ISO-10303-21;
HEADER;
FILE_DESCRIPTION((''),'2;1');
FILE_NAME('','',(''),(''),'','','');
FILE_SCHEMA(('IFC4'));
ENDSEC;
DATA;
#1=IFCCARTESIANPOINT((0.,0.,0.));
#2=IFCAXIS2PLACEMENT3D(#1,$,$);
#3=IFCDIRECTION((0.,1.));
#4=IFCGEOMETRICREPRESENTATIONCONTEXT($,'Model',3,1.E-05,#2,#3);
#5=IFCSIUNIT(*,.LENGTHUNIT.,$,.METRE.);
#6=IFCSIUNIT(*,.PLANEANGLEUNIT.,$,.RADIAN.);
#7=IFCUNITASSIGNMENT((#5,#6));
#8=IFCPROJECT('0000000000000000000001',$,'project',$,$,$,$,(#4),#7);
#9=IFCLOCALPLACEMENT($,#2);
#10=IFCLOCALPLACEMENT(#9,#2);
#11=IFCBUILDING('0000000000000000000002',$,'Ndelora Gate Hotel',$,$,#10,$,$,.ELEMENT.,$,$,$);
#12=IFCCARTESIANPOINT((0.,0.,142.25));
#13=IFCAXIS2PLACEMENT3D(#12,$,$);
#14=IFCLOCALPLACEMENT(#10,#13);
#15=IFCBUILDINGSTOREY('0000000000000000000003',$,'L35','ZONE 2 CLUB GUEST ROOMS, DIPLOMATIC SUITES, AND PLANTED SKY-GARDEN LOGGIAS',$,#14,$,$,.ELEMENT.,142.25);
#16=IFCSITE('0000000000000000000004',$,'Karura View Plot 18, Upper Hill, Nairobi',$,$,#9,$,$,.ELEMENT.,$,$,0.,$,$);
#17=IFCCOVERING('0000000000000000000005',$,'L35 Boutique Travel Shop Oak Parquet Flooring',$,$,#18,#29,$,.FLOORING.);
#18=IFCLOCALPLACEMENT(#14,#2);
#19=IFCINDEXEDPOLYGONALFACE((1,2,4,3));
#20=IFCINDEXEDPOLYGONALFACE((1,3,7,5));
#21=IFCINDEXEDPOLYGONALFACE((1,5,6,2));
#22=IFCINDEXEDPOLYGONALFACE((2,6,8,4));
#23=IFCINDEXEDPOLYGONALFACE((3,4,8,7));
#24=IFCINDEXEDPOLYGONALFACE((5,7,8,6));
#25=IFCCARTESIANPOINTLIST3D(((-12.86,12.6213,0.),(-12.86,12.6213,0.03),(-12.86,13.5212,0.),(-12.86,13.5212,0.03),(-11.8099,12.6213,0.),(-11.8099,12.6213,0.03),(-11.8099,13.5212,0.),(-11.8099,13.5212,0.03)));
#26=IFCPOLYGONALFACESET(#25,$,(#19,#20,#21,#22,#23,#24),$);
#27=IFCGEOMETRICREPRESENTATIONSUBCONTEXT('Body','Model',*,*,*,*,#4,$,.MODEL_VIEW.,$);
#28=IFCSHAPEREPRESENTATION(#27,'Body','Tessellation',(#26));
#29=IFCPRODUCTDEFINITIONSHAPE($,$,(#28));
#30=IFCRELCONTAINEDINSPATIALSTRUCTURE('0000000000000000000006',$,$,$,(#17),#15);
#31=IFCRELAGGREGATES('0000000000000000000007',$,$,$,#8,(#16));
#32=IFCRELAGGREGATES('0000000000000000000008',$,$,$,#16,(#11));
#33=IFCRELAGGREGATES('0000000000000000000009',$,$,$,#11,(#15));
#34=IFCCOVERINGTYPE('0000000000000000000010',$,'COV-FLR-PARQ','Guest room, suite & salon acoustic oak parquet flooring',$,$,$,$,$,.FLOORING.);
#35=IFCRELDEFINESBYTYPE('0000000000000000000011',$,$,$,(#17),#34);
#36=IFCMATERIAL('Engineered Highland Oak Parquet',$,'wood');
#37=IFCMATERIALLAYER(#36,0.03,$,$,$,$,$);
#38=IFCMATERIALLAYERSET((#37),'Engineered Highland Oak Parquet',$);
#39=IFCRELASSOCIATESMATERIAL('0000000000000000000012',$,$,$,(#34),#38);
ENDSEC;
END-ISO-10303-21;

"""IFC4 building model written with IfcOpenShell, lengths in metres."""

from ifc_helpers import new_model, si_unit, direction, frame, origin, origin_2d, place, context, subcontext, project, spatial, rectangle, extrude, material, layer, layer_set, type_object, element, save


model = new_model("IFC4")

# Units and contexts
model_context = context("Model", 3, precision=1e-05, world=origin(), true_north=direction((0.0, 1.0)))
body_context = subcontext(model_context, "Body", "Model", "MODEL_VIEW")
ifc_project = project(units=[si_unit("LENGTHUNIT", "METRE"), si_unit("PLANEANGLEUNIT", "RADIAN")], contexts=[model_context])

# Site, building, storey
site_placement = place(None, origin())
site = spatial("IfcSite", under=ifc_project, at=site_placement, Name="Karura View Plot 18, Upper Hill, Nairobi", CompositionType="ELEMENT", RefElevation=0.0)
building_placement = place(site_placement, origin())
building = spatial("IfcBuilding", under=site, at=building_placement, Name="Ndelora Gate Hotel", CompositionType="ELEMENT")
storey_placement = place(building_placement, frame((0.0, 0.0, 142.25)))
storey = spatial("IfcBuildingStorey", under=building, at=storey_placement, Name="L35", Description="ZONE 2 CLUB GUEST ROOMS, DIPLOMATIC SUITES, AND PLANTED SKY-GARDEN LOGGIAS", CompositionType="ELEMENT", Elevation=142.25)

# Covering
ifc_material_1 = material(Name="Engineered Highland Oak Parquet", Category="wood")
ifc_layer_1 = layer(ifc_material_1, 0.03)
ifc_layer_set_1 = layer_set([ifc_layer_1], Name="Engineered Highland Oak Parquet")
covering_type_1 = type_object("IfcCoveringType", Name="COV-FLR-PARQ", Description="Guest room, suite & salon acoustic oak parquet flooring", PredefinedType="FLOORING", material=ifc_layer_set_1)
covering_1_placement = place(storey_placement, frame((-12.335, 13.0713, 0.0), z_axis=(0.0, 0.0, 1.0), x_axis=(1.0, 0.0, 0.0)))
element("IfcCovering", 1, at=covering_1_placement, inside=storey, type_object=covering_type_1, Name="L35 Boutique Travel Shop Oak Parquet Flooring", PredefinedType="FLOORING", context=body_context, shape_type="SweptSolid", body=[
    extrude(rectangle(XDim=1.05, YDim=0.8999, at=origin_2d()), origin(), (0.0, 0.0, 1.0), 0.03),
])

save(model, "model.ifc")
